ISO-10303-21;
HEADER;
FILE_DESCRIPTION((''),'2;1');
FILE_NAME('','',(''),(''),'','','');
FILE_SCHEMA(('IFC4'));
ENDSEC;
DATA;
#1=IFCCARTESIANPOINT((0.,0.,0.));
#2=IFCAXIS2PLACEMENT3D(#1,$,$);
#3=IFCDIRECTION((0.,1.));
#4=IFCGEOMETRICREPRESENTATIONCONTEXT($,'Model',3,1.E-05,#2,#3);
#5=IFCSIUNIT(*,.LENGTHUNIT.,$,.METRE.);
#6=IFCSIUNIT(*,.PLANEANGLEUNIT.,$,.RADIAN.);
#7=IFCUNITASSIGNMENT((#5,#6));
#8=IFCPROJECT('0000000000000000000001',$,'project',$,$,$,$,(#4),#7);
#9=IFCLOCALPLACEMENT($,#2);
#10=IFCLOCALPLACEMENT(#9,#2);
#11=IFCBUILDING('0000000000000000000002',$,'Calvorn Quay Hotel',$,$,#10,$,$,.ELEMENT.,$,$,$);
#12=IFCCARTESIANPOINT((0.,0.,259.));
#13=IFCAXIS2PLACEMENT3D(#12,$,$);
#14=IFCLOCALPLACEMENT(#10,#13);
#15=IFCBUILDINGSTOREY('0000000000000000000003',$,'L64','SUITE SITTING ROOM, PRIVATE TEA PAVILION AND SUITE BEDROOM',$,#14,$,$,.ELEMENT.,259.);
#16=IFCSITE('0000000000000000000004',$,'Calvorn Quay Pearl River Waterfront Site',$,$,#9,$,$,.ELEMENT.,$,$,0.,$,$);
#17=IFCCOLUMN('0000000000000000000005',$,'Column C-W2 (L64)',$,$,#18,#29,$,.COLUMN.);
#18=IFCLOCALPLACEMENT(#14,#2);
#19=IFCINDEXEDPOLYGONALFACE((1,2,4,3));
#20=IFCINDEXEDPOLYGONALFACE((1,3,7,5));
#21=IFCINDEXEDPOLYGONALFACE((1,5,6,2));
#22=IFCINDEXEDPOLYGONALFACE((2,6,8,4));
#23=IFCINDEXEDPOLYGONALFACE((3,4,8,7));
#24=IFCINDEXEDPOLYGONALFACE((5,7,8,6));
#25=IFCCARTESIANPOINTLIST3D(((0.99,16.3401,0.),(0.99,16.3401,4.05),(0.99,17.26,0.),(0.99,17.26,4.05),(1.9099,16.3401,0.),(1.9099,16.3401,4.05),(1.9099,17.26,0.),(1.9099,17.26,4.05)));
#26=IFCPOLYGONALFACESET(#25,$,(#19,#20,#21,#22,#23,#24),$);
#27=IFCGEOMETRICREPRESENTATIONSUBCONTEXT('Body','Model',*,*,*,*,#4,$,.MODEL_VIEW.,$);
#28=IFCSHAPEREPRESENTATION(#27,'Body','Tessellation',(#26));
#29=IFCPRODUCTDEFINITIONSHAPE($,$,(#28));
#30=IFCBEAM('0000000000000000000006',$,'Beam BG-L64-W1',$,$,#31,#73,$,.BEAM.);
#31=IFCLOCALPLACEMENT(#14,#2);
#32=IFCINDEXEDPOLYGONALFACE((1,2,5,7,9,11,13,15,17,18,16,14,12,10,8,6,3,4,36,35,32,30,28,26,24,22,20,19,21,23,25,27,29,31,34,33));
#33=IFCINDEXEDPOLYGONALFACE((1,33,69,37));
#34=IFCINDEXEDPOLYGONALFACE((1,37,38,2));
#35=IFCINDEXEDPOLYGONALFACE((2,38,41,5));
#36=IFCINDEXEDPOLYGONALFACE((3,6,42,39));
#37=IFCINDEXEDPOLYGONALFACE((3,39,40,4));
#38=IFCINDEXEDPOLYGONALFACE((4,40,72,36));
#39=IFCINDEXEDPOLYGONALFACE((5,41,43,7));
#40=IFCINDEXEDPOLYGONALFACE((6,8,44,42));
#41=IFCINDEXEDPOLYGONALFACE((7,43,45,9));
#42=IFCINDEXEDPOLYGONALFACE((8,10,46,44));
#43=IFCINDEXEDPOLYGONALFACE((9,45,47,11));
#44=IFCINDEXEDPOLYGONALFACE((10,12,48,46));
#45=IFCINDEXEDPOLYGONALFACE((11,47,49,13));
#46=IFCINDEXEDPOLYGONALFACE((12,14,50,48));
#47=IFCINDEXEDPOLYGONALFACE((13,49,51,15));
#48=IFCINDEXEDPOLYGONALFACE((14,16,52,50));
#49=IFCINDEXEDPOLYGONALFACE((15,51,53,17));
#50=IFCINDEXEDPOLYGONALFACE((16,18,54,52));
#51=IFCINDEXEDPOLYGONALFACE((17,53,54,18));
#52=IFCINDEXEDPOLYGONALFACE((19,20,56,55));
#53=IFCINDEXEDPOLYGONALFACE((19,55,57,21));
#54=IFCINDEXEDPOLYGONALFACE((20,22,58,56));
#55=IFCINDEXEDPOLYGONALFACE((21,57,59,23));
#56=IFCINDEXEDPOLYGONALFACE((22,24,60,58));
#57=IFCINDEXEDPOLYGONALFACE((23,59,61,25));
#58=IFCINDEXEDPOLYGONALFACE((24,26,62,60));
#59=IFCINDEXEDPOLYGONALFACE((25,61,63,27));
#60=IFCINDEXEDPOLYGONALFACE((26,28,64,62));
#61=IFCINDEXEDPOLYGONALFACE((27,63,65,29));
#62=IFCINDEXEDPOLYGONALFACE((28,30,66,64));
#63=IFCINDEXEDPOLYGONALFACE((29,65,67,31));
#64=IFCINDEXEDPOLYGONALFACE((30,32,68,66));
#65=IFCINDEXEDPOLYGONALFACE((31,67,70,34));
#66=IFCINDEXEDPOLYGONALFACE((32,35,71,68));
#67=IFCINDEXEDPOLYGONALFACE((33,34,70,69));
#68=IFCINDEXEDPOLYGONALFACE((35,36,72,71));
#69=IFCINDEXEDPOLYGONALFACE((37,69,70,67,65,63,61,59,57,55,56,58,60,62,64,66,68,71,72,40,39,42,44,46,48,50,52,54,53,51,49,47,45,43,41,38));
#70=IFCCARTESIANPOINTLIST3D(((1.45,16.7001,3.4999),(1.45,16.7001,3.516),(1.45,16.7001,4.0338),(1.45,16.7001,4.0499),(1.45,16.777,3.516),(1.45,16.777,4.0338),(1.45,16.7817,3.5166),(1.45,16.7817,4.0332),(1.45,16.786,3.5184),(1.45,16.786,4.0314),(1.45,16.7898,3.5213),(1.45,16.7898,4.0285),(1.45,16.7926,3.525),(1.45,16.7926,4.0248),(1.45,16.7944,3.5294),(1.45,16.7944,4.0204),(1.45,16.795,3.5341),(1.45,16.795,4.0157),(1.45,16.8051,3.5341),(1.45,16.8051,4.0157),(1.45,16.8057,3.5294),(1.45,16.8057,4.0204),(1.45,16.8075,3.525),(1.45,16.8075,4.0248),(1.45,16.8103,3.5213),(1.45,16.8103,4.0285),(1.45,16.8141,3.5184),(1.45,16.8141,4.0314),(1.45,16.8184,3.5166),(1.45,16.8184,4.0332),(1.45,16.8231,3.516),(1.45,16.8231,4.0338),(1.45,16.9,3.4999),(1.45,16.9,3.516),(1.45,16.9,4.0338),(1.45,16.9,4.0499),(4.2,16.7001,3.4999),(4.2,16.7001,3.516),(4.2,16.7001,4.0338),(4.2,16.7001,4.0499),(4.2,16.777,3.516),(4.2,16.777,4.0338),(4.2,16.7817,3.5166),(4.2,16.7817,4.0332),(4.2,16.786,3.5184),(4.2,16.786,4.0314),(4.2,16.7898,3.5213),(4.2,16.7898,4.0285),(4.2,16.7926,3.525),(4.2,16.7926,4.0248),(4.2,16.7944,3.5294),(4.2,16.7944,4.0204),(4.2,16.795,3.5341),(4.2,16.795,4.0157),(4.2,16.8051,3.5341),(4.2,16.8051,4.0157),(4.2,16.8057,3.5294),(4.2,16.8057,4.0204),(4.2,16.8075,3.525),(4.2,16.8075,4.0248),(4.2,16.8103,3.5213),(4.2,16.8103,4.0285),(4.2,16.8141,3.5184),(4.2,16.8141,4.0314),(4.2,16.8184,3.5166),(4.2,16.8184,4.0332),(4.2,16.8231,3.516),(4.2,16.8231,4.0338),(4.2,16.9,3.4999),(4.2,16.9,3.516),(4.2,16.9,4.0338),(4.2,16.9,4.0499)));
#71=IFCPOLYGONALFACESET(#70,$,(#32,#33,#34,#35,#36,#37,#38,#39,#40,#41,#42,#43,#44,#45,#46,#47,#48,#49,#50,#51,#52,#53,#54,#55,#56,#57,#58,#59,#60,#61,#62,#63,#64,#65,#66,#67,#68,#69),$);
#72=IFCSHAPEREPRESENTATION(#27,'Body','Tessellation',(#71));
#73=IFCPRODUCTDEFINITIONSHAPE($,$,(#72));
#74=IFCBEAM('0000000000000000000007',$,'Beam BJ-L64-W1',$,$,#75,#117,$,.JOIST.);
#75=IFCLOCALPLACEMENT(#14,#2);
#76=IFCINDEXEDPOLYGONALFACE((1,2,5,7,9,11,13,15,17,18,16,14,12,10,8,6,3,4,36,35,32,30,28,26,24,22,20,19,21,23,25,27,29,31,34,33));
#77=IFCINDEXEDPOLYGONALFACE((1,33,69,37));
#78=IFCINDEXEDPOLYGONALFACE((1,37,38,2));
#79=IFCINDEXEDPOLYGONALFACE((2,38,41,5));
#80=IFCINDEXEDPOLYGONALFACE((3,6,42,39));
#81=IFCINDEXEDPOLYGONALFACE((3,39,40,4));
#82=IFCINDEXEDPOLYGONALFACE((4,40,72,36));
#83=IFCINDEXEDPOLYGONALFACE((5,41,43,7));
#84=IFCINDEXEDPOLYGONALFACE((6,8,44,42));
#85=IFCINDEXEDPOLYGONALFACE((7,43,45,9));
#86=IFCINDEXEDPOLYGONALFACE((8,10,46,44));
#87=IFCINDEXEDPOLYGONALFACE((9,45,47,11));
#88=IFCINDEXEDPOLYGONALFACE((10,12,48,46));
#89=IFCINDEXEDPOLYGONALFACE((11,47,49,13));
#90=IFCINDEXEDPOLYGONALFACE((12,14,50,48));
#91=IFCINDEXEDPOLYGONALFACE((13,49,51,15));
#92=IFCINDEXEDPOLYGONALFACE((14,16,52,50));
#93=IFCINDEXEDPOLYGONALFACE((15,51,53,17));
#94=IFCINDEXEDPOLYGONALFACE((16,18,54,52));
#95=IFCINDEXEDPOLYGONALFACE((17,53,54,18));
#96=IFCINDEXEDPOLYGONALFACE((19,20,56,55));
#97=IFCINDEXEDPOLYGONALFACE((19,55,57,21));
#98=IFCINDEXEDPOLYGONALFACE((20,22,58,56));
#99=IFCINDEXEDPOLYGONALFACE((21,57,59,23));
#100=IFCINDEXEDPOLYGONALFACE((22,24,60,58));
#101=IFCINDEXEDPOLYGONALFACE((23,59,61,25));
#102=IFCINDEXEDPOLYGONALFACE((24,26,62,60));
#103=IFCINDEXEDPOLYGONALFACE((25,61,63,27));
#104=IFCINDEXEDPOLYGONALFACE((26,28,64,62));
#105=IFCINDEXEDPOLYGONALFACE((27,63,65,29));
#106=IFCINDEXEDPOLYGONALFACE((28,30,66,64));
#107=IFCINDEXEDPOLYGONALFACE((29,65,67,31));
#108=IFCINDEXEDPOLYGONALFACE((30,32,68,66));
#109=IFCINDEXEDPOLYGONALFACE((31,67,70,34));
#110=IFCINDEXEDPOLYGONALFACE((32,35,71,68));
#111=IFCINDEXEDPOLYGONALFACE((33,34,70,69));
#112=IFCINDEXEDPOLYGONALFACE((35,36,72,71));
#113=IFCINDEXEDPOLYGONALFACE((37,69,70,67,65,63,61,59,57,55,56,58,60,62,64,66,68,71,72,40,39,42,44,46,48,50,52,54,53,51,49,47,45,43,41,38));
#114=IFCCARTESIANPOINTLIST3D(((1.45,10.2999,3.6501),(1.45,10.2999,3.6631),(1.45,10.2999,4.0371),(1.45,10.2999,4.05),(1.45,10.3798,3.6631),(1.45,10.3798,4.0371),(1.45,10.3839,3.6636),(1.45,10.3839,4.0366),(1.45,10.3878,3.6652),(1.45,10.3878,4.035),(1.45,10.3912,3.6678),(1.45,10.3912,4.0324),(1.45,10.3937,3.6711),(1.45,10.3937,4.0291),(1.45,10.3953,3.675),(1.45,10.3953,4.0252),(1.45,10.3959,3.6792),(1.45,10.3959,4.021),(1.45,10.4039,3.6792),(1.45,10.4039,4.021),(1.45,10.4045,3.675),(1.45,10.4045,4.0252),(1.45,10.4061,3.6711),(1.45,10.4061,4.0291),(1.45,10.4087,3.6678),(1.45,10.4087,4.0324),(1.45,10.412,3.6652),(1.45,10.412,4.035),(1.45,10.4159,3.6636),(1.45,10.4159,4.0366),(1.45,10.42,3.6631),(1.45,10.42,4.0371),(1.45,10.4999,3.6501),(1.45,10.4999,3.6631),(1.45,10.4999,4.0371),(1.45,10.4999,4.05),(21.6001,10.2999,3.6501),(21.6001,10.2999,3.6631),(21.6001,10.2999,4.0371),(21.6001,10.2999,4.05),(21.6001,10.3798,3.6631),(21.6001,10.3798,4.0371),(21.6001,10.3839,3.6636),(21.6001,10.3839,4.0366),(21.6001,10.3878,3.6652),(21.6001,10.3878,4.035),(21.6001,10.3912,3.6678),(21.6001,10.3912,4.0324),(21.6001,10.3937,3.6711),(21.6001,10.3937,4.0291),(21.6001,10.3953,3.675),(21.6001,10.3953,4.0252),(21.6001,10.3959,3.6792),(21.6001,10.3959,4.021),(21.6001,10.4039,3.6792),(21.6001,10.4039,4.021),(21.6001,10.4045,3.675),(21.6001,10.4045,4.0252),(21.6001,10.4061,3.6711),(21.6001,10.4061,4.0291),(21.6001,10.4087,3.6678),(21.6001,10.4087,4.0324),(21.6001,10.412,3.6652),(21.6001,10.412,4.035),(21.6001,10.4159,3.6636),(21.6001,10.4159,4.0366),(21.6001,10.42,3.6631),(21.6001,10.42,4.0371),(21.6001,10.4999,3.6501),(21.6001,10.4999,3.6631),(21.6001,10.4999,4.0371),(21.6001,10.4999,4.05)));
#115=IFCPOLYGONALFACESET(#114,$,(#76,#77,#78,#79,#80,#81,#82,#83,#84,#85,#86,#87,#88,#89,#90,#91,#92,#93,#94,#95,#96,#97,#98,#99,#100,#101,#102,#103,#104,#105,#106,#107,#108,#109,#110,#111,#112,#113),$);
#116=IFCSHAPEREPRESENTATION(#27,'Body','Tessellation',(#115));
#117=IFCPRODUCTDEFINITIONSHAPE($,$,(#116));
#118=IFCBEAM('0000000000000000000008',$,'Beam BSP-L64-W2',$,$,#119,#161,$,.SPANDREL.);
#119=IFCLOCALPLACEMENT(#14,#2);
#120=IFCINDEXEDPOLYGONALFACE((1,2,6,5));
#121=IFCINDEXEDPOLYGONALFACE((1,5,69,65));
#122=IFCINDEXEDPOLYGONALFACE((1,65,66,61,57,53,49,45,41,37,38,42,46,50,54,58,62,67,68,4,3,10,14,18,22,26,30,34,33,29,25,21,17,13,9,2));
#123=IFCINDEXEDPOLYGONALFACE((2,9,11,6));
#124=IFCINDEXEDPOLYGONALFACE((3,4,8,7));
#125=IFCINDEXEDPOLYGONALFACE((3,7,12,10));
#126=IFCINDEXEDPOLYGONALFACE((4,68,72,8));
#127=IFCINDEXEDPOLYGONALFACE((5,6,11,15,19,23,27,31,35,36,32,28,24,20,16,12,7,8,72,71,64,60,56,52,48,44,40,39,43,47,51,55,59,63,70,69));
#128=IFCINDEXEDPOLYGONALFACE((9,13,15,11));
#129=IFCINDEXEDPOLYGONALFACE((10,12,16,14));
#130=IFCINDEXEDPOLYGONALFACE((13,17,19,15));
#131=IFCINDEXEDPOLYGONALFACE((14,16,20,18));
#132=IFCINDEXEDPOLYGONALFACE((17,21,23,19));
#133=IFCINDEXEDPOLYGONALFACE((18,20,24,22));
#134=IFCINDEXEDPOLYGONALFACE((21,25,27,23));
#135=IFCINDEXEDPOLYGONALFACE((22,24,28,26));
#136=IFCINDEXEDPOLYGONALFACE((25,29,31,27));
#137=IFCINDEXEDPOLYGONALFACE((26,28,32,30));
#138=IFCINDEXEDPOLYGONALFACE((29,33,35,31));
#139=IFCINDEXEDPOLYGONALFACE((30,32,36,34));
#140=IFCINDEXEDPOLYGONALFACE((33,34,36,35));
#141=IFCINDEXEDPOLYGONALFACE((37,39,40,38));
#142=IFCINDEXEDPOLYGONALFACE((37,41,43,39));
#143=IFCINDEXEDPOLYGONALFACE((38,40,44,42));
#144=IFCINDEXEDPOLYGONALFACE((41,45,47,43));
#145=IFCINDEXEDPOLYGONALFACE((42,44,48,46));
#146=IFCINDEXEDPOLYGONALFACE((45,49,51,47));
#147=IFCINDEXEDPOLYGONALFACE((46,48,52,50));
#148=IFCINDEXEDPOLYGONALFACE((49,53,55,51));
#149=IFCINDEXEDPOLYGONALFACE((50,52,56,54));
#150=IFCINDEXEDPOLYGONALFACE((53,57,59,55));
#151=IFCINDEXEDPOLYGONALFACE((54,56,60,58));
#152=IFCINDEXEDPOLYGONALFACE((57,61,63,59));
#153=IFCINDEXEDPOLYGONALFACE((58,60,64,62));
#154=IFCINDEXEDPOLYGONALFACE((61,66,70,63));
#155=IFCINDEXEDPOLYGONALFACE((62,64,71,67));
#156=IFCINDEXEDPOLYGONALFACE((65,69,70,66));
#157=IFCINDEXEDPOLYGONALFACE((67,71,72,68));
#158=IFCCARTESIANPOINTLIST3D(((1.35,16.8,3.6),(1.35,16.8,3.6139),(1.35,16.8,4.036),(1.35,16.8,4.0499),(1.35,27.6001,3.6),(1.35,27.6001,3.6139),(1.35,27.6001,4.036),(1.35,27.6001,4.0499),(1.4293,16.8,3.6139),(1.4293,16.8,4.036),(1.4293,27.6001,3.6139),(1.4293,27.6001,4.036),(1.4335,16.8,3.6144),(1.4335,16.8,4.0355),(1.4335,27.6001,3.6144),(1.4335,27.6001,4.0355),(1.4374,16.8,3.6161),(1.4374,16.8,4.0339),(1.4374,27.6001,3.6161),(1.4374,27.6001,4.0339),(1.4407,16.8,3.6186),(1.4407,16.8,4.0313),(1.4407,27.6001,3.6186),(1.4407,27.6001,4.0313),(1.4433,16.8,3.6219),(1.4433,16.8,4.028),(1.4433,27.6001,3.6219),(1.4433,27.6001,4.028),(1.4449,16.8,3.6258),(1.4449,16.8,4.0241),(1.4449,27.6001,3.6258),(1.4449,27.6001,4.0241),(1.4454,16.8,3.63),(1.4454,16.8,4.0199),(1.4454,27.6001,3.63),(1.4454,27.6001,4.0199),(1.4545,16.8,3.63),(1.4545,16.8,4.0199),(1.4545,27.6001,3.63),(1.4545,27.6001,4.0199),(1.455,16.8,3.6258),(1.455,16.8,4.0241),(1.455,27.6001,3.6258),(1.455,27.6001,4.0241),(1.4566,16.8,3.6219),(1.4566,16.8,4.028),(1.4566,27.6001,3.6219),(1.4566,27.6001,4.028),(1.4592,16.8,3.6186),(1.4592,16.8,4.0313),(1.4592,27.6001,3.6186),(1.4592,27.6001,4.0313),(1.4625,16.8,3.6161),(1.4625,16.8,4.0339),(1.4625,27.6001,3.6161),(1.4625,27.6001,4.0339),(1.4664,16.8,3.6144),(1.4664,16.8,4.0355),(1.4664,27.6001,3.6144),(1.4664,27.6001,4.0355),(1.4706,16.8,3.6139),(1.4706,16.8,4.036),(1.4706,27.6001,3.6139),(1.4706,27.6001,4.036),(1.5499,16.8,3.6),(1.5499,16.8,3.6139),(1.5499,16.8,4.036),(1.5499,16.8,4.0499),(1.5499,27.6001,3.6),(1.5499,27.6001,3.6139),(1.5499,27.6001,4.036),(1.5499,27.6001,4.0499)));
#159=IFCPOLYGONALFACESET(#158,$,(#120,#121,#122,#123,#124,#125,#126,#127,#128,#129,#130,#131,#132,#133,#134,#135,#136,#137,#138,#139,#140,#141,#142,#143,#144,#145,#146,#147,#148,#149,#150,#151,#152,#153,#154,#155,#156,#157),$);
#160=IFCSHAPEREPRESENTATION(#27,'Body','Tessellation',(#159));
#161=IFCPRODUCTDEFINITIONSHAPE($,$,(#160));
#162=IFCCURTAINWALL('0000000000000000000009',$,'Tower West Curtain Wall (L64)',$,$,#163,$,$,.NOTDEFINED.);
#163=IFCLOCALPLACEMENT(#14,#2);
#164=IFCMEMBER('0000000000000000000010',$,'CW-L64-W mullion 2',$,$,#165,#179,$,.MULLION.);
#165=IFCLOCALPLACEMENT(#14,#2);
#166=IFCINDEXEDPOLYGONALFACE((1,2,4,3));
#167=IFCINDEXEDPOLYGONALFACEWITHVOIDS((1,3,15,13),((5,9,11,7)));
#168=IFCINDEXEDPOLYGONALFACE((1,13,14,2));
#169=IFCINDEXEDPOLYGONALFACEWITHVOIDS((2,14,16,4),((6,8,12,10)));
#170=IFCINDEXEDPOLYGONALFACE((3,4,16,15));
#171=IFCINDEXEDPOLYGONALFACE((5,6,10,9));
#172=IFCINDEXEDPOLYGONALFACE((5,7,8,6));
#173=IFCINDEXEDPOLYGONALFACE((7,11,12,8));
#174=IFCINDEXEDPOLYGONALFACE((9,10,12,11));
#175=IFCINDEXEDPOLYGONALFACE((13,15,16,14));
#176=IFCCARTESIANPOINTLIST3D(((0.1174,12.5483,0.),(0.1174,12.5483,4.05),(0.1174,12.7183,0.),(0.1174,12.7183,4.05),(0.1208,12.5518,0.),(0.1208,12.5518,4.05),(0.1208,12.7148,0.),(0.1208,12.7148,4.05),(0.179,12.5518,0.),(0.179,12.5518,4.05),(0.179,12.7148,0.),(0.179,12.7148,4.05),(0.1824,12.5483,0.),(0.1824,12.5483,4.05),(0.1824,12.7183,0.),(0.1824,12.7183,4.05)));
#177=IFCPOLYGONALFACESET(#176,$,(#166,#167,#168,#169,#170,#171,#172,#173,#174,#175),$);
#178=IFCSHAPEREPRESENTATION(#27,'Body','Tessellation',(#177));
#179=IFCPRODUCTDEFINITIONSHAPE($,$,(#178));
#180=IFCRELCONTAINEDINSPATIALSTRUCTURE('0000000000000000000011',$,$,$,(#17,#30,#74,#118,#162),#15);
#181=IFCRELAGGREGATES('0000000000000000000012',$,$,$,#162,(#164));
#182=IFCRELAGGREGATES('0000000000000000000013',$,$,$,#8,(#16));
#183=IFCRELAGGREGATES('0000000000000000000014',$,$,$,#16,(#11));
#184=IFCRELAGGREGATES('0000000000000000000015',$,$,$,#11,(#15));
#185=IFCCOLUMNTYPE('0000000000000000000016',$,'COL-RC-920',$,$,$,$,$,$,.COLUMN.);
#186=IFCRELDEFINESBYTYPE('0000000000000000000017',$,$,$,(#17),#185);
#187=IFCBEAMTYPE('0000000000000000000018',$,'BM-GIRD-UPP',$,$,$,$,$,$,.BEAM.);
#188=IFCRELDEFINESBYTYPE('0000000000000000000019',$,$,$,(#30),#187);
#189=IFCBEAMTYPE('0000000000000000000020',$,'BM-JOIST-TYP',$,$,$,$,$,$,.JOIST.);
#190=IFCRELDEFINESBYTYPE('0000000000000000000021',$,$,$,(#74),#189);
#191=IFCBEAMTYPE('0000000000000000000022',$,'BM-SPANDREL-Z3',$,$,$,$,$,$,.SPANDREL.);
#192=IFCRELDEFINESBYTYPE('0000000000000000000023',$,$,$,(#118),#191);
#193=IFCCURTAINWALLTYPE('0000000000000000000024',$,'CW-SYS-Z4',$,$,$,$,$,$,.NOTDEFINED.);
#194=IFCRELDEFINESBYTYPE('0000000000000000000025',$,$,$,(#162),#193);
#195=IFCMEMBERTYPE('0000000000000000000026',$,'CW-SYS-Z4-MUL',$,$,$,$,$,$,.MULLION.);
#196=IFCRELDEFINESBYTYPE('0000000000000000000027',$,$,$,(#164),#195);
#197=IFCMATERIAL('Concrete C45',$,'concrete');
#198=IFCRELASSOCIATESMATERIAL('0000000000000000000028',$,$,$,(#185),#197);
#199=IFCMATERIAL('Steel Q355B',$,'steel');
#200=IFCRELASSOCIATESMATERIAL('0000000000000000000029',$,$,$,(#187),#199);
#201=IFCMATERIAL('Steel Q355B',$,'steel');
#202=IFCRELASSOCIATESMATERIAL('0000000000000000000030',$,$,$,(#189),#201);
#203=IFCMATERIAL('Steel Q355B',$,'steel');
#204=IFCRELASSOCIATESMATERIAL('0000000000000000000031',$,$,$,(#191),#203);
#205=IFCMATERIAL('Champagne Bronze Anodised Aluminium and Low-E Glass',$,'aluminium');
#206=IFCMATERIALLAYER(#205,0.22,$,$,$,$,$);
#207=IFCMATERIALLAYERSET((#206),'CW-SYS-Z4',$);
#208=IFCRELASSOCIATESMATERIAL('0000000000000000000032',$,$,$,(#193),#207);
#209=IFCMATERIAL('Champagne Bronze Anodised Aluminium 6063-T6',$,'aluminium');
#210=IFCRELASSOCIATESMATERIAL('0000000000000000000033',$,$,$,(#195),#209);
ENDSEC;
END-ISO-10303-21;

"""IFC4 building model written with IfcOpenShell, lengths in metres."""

from ifc_helpers import new_model, si_unit, direction, frame, origin, origin_2d, place, context, subcontext, project, spatial, rectangle, hollow_rectangle, i_section, extrude, material, layer, layer_set, material_profile, profile_set, type_object, element, aggregate, save


model = new_model("IFC4")

# Units and contexts
model_context = context("Model", 3, precision=1e-05, world=origin(), true_north=direction((0.0, 1.0)))
body_context = subcontext(model_context, "Body", "Model", "MODEL_VIEW")
ifc_project = project(units=[si_unit("LENGTHUNIT", "METRE"), si_unit("PLANEANGLEUNIT", "RADIAN")], contexts=[model_context])

# Site, building, storey
site_placement = place(None, origin())
site = spatial("IfcSite", under=ifc_project, at=site_placement, Name="Calvorn Quay Pearl River Waterfront Site", CompositionType="ELEMENT", RefElevation=0.0)
building_placement = place(site_placement, origin())
building = spatial("IfcBuilding", under=site, at=building_placement, Name="Calvorn Quay Hotel", CompositionType="ELEMENT")
storey_placement = place(building_placement, frame((0.0, 0.0, 259.0)))
storey = spatial("IfcBuildingStorey", under=building, at=storey_placement, Name="L64", Description="SUITE SITTING ROOM, PRIVATE TEA PAVILION AND SUITE BEDROOM", CompositionType="ELEMENT", Elevation=259.0)

# Column
ifc_material_1 = material(Name="Concrete C45", Category="concrete")
ifc_material_profile_1 = material_profile(ifc_material_1, rectangle(XDim=0.9199, YDim=0.9199, at=origin_2d()), Name="RC920x920")
ifc_profile_set_1 = profile_set([ifc_material_profile_1], Name="Concrete C45")
column_type = type_object("IfcColumnType", Name="COL-RC-920", PredefinedType="COLUMN", material=ifc_profile_set_1)
column_placement = place(storey_placement, frame((1.45, 16.8, 0.0), z_axis=(0.0, 0.0, 1.0), x_axis=(1.0, 0.0, 0.0)))
element("IfcColumn", 1, at=column_placement, inside=storey, type_object=column_type, Name="Column C-W2 (L64)", PredefinedType="COLUMN", context=body_context, shape_type="SweptSolid", body=[
    extrude(rectangle(XDim=0.9199, YDim=0.9199, at=origin_2d()), origin(), (0.0, 0.0, 1.0), 4.05),
])

# Beams
ifc_material_2 = material(Name="Steel Q355B", Category="steel")
ifc_material_profile_2 = material_profile(ifc_material_2, i_section(OverallWidth=0.2, OverallDepth=0.55, WebThickness=0.01, FlangeThickness=0.0161, FilletRadius=0.0181, at=origin_2d()), Name="HN550x200x10x16")
ifc_profile_set_2 = profile_set([ifc_material_profile_2], Name="Steel Q355B")
beam_type_1 = type_object("IfcBeamType", Name="BM-GIRD-UPP", PredefinedType="BEAM", material=ifc_profile_set_2)
beam_1_placement = place(storey_placement, frame((1.45, 16.8, 3.7749), z_axis=(1.0, 0.0, 0.0), x_axis=(0.0, 1.0, 0.0)))
element("IfcBeam", 2, at=beam_1_placement, inside=storey, type_object=beam_type_1, Name="Beam BG-L64-W1", PredefinedType="BEAM", context=body_context, shape_type="SweptSolid", body=[
    extrude(i_section(OverallWidth=0.2, OverallDepth=0.55, WebThickness=0.01, FlangeThickness=0.0161, FilletRadius=0.0181, at=origin_2d()), origin(), (0.0, 0.0, 1.0), 2.75),
])
ifc_material_3 = material(Name="Steel Q355B", Category="steel")
ifc_material_profile_3 = material_profile(ifc_material_3, i_section(OverallWidth=0.2, OverallDepth=0.3999, WebThickness=0.0081, FlangeThickness=0.0129, FilletRadius=0.0161, at=origin_2d()), Name="HN400x200x8x13")
ifc_profile_set_3 = profile_set([ifc_material_profile_3], Name="Steel Q355B")
beam_type_2 = type_object("IfcBeamType", Name="BM-JOIST-TYP", PredefinedType="JOIST", material=ifc_profile_set_3)
beam_2_placement = place(storey_placement, frame((1.45, 10.3999, 3.8501), z_axis=(1.0, 0.0, 0.0), x_axis=(0.0, 1.0, 0.0)))
element("IfcBeam", 3, at=beam_2_placement, inside=storey, type_object=beam_type_2, Name="Beam BJ-L64-W1", PredefinedType="JOIST", context=body_context, shape_type="SweptSolid", body=[
    extrude(i_section(OverallWidth=0.2, OverallDepth=0.3999, WebThickness=0.0081, FlangeThickness=0.0129, FilletRadius=0.0161, at=origin_2d()), origin(), (0.0, 0.0, 1.0), 20.1501),
])
ifc_material_4 = material(Name="Steel Q355B", Category="steel")
ifc_material_profile_4 = material_profile(ifc_material_4, i_section(OverallWidth=0.2, OverallDepth=0.45, WebThickness=0.009, FlangeThickness=0.0139, FilletRadius=0.0161, at=origin_2d()), Name="HN450x200x9x14")
ifc_profile_set_4 = profile_set([ifc_material_profile_4], Name="Steel Q355B")
beam_type_3 = type_object("IfcBeamType", Name="BM-SPANDREL-Z3", PredefinedType="SPANDREL", material=ifc_profile_set_4)
beam_3_placement = place(storey_placement, frame((1.45, 16.8, 3.825), z_axis=(0.0, 1.0, 0.0), x_axis=(-1.0, 0.0, 0.0)))
element("IfcBeam", 4, at=beam_3_placement, inside=storey, type_object=beam_type_3, Name="Beam BSP-L64-W2", PredefinedType="SPANDREL", context=body_context, shape_type="SweptSolid", body=[
    extrude(i_section(OverallWidth=0.2, OverallDepth=0.45, WebThickness=0.009, FlangeThickness=0.0139, FilletRadius=0.0161, at=origin_2d()), origin(), (0.0, 0.0, 1.0), 10.8),
])

# Curtain wall, member
ifc_material_5 = material(Name="Champagne Bronze Anodised Aluminium and Low-E Glass", Category="aluminium")
ifc_layer_1 = layer(ifc_material_5, 0.22)
ifc_layer_set_1 = layer_set([ifc_layer_1], Name="CW-SYS-Z4")
curtain_wall_type = type_object("IfcCurtainWallType", Name="CW-SYS-Z4", PredefinedType="NOTDEFINED", material=ifc_layer_set_1)
curtain_wall_placement = place(storey_placement, origin())
curtain_wall = element("IfcCurtainWall", 5, at=curtain_wall_placement, inside=storey, type_object=curtain_wall_type, Name="Tower West Curtain Wall (L64)", PredefinedType="NOTDEFINED")
ifc_material_6 = material(Name="Champagne Bronze Anodised Aluminium 6063-T6", Category="aluminium")
ifc_material_profile_5 = material_profile(ifc_material_6, hollow_rectangle(XDim=0.0649, YDim=0.1699, WallThickness=0.0034, at=origin_2d()), Name="ALU-M170x65x3.5")
ifc_profile_set_5 = profile_set([ifc_material_profile_5], Name="Champagne Bronze Anodised Aluminium 6063-T6")
member_type_1 = type_object("IfcMemberType", Name="CW-SYS-Z4-MUL", PredefinedType="MULLION", material=ifc_profile_set_5)
member_1_placement = place(storey_placement, frame((0.1499, 12.6333, 0.0), z_axis=(0.0, 0.0, 1.0), x_axis=(-1.0, 0.0, 0.0)))
member_1 = element("IfcMember", 6, at=member_1_placement, type_object=member_type_1, Name="CW-L64-W mullion 2", PredefinedType="MULLION", context=body_context, shape_type="SweptSolid", body=[
    extrude(hollow_rectangle(XDim=0.0649, YDim=0.1699, WallThickness=0.0034, at=origin_2d()), origin(), (0.0, 0.0, 1.0), 4.05),
])
aggregate(curtain_wall, [member_1])

save(model, "model.ifc")
